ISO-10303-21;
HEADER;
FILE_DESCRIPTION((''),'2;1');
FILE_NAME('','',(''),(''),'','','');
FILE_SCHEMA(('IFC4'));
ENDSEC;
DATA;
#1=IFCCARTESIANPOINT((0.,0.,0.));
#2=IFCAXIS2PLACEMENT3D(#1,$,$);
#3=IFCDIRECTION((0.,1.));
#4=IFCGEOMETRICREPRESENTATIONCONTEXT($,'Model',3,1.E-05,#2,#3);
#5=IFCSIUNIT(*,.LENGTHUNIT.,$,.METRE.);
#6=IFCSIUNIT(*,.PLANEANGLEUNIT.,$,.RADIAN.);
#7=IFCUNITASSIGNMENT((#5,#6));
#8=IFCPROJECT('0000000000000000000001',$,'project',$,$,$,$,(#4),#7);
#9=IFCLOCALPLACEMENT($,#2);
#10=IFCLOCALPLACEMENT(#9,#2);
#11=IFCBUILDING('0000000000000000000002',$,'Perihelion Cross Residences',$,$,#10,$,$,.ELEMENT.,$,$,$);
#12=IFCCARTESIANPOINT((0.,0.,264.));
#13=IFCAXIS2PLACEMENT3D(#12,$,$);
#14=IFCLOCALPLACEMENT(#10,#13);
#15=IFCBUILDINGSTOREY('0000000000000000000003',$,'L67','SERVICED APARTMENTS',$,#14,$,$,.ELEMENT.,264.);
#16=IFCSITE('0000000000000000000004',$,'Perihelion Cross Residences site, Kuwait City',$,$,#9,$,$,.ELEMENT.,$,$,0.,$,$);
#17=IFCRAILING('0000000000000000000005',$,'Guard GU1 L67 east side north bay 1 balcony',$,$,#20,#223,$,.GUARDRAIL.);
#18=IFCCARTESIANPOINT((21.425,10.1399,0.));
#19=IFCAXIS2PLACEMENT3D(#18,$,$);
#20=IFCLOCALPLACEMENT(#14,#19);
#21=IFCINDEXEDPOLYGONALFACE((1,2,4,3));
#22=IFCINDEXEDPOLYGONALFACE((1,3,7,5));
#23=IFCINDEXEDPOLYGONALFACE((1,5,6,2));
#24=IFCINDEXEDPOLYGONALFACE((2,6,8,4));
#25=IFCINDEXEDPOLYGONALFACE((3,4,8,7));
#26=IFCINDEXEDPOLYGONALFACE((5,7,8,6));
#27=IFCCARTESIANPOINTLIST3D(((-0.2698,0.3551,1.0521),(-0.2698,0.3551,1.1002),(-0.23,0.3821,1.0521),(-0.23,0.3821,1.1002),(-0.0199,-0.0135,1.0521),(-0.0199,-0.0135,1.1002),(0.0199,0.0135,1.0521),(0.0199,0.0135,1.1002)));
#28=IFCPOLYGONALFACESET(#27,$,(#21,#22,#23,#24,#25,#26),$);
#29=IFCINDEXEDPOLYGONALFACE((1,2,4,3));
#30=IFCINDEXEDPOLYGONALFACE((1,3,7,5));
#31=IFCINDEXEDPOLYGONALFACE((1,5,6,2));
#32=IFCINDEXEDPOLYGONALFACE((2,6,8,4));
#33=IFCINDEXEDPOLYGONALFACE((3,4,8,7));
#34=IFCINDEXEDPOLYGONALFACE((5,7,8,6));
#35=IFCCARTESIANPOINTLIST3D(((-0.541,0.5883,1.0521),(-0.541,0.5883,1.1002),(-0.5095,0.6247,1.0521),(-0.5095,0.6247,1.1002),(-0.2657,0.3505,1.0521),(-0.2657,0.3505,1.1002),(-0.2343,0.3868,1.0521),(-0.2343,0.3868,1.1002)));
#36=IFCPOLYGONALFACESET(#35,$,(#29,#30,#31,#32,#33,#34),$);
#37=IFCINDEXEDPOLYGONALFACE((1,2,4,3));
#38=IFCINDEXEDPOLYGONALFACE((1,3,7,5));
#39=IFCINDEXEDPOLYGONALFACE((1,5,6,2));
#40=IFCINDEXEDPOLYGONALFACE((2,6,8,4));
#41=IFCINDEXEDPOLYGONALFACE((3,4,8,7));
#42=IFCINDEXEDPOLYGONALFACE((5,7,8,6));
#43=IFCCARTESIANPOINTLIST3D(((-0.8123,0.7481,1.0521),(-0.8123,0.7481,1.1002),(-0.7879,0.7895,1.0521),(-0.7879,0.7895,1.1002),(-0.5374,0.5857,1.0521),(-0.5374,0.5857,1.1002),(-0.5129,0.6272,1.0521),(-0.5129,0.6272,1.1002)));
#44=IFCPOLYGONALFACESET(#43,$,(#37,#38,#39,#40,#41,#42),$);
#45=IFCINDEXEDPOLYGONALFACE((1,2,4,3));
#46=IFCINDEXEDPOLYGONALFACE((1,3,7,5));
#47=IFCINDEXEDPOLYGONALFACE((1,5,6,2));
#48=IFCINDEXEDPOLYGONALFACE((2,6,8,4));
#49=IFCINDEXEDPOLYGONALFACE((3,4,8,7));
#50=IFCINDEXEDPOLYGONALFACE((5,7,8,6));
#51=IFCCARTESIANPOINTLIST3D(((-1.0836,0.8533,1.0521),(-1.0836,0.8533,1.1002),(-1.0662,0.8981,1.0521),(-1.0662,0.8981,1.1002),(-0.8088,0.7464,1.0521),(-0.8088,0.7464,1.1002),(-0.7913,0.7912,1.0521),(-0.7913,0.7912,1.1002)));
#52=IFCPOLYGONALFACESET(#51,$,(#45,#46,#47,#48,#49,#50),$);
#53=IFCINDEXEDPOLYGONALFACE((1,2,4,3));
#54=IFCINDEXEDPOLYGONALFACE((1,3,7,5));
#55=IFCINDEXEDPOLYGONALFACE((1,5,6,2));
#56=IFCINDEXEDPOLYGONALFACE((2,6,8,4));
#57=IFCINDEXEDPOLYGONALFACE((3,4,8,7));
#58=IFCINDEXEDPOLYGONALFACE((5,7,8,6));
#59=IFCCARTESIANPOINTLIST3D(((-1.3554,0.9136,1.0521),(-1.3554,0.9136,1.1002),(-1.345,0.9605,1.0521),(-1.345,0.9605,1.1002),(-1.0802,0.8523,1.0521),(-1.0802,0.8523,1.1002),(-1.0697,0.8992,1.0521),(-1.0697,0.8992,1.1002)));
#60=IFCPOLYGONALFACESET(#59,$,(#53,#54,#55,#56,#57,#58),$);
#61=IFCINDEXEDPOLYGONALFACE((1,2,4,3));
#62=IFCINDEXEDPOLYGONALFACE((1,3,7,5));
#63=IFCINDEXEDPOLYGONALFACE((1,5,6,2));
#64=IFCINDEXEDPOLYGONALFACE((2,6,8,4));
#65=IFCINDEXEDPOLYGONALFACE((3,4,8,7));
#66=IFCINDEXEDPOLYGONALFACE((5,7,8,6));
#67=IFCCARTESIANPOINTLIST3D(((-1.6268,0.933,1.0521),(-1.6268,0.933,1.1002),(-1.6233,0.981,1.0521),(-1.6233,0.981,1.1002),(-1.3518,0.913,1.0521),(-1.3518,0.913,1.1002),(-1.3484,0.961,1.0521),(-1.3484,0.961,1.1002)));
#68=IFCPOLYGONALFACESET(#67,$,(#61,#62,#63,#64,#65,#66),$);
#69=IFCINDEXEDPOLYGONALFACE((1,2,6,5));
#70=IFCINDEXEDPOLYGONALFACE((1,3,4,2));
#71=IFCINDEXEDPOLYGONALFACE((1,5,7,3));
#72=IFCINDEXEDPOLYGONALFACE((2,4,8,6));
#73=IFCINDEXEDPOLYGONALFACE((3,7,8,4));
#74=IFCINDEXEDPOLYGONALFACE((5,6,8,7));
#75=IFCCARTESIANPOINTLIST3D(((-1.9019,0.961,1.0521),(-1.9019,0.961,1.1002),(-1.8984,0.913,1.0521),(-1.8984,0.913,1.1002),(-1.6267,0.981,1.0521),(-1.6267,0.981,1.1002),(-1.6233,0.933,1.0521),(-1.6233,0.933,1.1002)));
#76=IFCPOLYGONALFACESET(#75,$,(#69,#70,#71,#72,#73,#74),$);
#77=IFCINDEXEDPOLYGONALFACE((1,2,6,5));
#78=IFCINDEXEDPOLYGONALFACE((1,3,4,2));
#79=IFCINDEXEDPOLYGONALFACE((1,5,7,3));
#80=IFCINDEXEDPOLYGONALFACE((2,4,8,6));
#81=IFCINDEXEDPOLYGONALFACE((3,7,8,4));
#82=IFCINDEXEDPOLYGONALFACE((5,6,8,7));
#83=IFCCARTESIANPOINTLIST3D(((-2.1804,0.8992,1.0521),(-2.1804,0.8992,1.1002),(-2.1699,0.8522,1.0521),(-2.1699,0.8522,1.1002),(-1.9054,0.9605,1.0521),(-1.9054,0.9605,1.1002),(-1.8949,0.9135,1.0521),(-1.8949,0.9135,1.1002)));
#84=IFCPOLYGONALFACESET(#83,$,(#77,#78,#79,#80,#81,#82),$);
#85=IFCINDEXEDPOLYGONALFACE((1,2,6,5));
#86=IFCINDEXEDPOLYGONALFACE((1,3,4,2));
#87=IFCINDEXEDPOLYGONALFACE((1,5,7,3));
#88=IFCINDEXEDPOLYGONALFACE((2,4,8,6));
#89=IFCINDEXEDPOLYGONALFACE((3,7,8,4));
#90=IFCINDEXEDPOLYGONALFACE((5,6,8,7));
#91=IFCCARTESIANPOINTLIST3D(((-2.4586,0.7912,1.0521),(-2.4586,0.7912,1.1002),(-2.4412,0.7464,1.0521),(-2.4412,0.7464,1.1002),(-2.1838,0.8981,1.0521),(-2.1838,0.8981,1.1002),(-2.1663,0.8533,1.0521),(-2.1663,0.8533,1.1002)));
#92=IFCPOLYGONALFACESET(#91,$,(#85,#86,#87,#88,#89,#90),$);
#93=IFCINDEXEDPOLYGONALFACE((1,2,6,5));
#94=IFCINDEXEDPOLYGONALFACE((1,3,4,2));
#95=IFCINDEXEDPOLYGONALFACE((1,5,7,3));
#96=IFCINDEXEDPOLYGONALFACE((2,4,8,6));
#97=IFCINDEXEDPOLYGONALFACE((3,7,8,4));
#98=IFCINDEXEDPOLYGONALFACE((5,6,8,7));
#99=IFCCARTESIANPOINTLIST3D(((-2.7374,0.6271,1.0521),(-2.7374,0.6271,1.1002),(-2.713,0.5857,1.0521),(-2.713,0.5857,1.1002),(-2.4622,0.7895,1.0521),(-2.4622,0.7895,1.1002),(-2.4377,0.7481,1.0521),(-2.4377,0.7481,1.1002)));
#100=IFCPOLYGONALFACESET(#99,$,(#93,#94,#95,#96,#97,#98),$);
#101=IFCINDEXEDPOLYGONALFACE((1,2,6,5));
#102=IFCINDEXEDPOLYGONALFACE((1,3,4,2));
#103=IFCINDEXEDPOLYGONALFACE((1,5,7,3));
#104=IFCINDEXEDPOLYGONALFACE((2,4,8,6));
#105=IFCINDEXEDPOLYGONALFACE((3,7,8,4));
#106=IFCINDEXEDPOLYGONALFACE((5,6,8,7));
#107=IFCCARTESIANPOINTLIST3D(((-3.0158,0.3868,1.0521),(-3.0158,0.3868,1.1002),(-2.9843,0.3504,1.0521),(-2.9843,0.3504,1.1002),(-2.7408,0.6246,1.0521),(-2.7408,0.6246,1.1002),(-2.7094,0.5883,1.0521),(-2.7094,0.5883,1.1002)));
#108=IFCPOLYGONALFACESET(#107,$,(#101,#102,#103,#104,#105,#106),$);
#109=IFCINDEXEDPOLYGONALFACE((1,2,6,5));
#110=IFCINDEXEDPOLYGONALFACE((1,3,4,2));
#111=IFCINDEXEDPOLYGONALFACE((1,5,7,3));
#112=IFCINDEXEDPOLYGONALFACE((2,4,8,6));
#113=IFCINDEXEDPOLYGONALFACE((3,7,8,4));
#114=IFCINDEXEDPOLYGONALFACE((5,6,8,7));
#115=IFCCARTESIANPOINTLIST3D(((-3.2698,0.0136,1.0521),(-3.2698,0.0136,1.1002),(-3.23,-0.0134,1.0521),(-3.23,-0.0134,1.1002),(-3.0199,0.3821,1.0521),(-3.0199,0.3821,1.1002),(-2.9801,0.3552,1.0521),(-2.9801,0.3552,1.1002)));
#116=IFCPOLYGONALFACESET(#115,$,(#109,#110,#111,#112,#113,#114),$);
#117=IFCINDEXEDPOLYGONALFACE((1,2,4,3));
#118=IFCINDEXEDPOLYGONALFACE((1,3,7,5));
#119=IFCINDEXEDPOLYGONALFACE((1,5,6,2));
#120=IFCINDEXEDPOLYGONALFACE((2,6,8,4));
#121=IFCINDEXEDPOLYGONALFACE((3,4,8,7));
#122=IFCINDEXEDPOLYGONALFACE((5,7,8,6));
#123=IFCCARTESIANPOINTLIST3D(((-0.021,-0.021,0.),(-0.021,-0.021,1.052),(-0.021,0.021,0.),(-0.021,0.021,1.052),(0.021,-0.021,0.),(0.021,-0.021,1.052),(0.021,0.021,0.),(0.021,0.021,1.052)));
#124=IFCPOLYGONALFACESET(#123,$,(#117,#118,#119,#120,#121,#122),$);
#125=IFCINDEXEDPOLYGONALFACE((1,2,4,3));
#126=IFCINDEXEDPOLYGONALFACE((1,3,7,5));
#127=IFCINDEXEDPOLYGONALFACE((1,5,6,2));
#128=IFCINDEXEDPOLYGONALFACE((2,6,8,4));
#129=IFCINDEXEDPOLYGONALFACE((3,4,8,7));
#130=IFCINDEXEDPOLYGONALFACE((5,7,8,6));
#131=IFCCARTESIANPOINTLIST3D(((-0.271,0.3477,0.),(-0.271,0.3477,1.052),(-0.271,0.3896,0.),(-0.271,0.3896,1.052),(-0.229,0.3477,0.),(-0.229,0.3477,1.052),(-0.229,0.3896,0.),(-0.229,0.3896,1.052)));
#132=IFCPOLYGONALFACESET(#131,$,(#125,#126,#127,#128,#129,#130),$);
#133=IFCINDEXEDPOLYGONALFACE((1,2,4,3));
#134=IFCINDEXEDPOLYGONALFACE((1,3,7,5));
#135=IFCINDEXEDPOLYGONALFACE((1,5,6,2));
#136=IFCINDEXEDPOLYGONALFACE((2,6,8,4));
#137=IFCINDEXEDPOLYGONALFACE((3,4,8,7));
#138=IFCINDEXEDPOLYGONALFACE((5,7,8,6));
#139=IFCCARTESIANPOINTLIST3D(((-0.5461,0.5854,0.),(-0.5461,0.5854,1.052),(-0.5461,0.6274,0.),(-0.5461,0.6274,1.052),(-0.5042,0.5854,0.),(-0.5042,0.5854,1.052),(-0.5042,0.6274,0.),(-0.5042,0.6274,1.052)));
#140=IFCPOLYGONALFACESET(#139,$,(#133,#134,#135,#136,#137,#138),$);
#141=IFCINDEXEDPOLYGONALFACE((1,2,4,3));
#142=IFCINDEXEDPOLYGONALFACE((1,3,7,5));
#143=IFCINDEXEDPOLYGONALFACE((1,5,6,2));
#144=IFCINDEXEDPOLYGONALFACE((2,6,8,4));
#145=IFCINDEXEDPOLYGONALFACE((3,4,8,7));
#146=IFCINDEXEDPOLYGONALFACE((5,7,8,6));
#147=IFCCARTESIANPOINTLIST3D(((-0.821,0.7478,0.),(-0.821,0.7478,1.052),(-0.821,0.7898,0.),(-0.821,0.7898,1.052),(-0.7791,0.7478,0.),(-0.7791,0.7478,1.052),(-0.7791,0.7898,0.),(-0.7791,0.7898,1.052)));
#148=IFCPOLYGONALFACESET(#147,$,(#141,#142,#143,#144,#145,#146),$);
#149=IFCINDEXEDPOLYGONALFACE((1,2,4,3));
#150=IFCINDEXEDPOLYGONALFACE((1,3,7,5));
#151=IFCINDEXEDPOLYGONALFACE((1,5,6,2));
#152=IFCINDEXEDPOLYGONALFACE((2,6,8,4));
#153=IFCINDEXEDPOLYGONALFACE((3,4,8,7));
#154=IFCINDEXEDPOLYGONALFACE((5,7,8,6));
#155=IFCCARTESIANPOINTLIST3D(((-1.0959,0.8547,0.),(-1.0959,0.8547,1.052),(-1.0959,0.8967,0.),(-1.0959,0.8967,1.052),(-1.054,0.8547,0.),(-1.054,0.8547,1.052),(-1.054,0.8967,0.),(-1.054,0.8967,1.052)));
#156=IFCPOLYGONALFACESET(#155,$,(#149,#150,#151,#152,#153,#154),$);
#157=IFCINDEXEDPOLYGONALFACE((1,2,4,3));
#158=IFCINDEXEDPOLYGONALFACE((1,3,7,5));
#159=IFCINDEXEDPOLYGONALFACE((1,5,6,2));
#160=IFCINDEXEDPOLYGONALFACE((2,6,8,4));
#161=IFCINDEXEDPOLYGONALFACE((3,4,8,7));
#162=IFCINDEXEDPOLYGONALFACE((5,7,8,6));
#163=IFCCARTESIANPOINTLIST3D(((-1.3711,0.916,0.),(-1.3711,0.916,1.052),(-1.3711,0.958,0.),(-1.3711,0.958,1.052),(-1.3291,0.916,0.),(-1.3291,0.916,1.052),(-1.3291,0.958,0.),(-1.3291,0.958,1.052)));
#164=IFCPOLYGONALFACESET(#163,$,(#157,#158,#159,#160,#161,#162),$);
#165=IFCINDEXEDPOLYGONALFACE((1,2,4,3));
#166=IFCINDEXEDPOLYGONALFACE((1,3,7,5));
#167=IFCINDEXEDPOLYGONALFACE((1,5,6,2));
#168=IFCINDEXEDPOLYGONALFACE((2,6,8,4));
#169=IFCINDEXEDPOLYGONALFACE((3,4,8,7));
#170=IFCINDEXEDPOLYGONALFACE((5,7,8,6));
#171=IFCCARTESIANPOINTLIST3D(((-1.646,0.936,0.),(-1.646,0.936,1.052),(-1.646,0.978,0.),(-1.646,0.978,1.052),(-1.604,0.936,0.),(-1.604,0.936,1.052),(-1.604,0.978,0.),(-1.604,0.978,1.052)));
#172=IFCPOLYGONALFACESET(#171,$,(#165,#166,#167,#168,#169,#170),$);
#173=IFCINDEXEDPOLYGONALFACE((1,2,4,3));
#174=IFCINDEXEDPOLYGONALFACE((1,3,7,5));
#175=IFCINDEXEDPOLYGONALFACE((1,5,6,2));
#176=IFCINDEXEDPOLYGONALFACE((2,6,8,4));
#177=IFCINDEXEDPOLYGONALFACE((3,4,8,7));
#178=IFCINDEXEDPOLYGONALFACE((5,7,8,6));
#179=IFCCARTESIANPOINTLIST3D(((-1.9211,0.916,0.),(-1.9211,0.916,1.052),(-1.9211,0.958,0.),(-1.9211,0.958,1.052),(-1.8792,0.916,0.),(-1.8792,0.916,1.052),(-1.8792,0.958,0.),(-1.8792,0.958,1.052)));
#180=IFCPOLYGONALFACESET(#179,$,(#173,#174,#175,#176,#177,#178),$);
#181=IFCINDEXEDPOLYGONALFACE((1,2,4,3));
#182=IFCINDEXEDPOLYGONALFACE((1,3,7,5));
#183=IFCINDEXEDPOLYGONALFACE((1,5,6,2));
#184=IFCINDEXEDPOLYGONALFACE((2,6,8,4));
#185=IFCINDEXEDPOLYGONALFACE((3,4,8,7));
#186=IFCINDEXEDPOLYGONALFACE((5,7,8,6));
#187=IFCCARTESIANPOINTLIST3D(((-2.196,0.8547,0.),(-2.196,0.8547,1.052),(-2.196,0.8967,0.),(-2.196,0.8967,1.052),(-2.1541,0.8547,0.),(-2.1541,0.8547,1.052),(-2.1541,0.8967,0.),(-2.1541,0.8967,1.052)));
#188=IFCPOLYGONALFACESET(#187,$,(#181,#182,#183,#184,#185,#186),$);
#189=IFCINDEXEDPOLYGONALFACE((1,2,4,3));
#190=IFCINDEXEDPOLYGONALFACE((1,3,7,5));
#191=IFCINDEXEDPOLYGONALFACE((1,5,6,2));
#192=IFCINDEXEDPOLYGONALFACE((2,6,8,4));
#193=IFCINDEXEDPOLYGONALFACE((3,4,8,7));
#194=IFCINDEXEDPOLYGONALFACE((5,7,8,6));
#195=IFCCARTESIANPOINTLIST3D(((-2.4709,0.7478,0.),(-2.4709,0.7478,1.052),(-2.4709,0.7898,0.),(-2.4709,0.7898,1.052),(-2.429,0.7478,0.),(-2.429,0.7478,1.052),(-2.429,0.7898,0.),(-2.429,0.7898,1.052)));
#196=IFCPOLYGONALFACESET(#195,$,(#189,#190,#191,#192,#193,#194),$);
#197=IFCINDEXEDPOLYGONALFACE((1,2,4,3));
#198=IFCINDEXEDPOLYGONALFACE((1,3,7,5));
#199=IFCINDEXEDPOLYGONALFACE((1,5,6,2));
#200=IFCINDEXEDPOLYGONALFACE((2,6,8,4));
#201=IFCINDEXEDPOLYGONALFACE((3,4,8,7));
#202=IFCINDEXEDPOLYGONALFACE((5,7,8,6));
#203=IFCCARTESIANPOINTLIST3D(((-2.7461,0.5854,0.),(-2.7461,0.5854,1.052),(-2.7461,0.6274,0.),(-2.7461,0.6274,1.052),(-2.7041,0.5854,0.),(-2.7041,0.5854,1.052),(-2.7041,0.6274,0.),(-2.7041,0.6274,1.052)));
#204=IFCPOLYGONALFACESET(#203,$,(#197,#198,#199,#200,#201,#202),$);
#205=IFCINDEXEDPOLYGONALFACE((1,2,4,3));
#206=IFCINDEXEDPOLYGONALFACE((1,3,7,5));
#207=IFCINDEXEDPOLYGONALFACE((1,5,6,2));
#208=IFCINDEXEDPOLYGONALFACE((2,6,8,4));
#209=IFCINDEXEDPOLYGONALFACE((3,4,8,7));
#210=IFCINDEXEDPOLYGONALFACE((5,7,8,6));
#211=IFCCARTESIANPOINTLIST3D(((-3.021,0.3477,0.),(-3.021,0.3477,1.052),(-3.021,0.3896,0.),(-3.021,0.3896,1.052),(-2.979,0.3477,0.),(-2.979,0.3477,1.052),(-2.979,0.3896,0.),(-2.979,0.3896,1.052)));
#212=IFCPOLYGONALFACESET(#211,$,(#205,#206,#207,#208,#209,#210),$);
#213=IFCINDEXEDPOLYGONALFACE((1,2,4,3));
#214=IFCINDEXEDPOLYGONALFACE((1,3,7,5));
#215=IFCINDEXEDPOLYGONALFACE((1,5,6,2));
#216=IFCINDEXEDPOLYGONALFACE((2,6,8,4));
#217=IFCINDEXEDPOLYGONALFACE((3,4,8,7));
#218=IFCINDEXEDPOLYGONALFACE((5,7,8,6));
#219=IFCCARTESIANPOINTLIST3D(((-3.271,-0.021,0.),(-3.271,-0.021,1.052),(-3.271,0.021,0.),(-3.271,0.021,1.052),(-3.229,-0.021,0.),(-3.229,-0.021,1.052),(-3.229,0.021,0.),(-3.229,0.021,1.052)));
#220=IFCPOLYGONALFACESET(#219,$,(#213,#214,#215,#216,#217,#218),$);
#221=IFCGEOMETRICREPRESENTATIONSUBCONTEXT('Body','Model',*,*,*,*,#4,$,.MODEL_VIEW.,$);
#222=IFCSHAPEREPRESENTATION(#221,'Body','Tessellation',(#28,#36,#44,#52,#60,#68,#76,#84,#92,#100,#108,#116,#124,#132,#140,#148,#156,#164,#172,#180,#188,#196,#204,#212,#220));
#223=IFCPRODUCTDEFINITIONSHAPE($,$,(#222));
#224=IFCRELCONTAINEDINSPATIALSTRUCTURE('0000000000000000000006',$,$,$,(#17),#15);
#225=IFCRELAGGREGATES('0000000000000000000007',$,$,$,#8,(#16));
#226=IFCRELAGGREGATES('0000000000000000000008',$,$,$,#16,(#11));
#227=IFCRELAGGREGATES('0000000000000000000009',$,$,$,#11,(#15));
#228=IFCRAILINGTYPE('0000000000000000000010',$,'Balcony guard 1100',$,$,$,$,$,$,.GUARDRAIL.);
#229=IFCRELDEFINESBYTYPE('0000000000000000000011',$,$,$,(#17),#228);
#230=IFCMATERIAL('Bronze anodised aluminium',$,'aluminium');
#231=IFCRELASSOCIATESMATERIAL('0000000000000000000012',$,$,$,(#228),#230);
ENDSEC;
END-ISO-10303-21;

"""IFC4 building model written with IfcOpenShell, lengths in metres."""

from ifc_helpers import new_model, si_unit, direction, frame, origin, origin_2d, place, context, subcontext, project, spatial, rectangle, extrude, material, type_object, element, save


model = new_model("IFC4")

# Units and contexts
model_context = context("Model", 3, precision=1e-05, world=origin(), true_north=direction((0.0, 1.0)))
body_context = subcontext(model_context, "Body", "Model", "MODEL_VIEW")
ifc_project = project(units=[si_unit("LENGTHUNIT", "METRE"), si_unit("PLANEANGLEUNIT", "RADIAN")], contexts=[model_context])

# Site, building, storey
site_placement = place(None, origin())
site = spatial("IfcSite", under=ifc_project, at=site_placement, Name="Perihelion Cross Residences site, Kuwait City", CompositionType="ELEMENT", RefElevation=0.0)
building_placement = place(site_placement, origin())
building = spatial("IfcBuilding", under=site, at=building_placement, Name="Perihelion Cross Residences", CompositionType="ELEMENT")
storey_placement = place(building_placement, frame((0.0, 0.0, 264.0)))
storey = spatial("IfcBuildingStorey", under=building, at=storey_placement, Name="L67", Description="SERVICED APARTMENTS", CompositionType="ELEMENT", Elevation=264.0)

# Railing
ifc_material_1 = material(Name="Bronze anodised aluminium", Category="aluminium")
railing_type = type_object("IfcRailingType", Name="Balcony guard 1100", PredefinedType="GUARDRAIL", material=ifc_material_1)
railing_1_placement = place(storey_placement, frame((21.425, 10.1399, 0.0)))
element("IfcRailing", 1, at=railing_1_placement, inside=storey, type_object=railing_type, Name="Guard GU1 L67 east side north bay 1 balcony", PredefinedType="GUARDRAIL", context=body_context, shape_type="SweptSolid", body=[
    extrude(rectangle(XDim=0.0481, YDim=0.0481, at=origin_2d()), frame((0.0, 0.0, 1.0762), z_axis=(-0.56126, 0.827639, 0.0), x_axis=(-0.827639, -0.56126, 0.0)), (0.0, 0.0, 1.0), 0.4453),
    extrude(rectangle(XDim=0.0481, YDim=0.0481, at=origin_2d()), frame((-0.25, 0.3687, 1.0762), z_axis=(-0.756597, 0.653882, 0.0), x_axis=(-0.653882, -0.756597, 0.0)), (0.0, 0.0, 1.0), 0.3638),
    extrude(rectangle(XDim=0.0481, YDim=0.0481, at=origin_2d()), frame((-0.5251, 0.6064, 1.0762), z_axis=(-0.861048, 0.508523, 0.0), x_axis=(-0.508523, -0.861048, 0.0)), (0.0, 0.0, 1.0), 0.3193),
    extrude(rectangle(XDim=0.0481, YDim=0.0481, at=origin_2d()), frame((-0.8, 0.7688, 1.0762), z_axis=(-0.931974, 0.362526, 0.0), x_axis=(-0.362526, -0.931974, 0.0)), (0.0, 0.0, 1.0), 0.2949),
    extrude(rectangle(XDim=0.0481, YDim=0.0481, at=origin_2d()), frame((-1.075, 0.8757, 1.0762), z_axis=(-0.976085, 0.217389, 0.0), x_axis=(-0.217389, -0.976085, 0.0)), (0.0, 0.0, 1.0), 0.282),
    extrude(rectangle(XDim=0.0481, YDim=0.0481, at=origin_2d()), frame((-1.3501, 0.937, 1.0762), z_axis=(-0.997359, 0.072632, 0.0), x_axis=(-0.072632, -0.997359, 0.0)), (0.0, 0.0, 1.0), 0.2756),
    extrude(rectangle(XDim=0.0481, YDim=0.0481, at=origin_2d()), frame((-1.625, 0.957, 1.0762), z_axis=(-0.997363, -0.072568, 0.0), x_axis=(0.072568, -0.997363, 0.0)), (0.0, 0.0, 1.0), 0.2759),
    extrude(rectangle(XDim=0.0481, YDim=0.0481, at=origin_2d()), frame((-1.9001, 0.937, 1.0762), z_axis=(-0.976044, -0.217573, 0.0), x_axis=(0.217573, -0.976044, 0.0)), (0.0, 0.0, 1.0), 0.2817),
    extrude(rectangle(XDim=0.0481, YDim=0.0481, at=origin_2d()), frame((-2.175, 0.8757, 1.0762), z_axis=(-0.931974, -0.362526, 0.0), x_axis=(0.362526, -0.931974, 0.0)), (0.0, 0.0, 1.0), 0.2949),
    extrude(rectangle(XDim=0.0481, YDim=0.0481, at=origin_2d()), frame((-2.45, 0.7688, 1.0762), z_axis=(-0.861246, -0.508189, 0.0), x_axis=(0.508189, -0.861246, 0.0)), (0.0, 0.0, 1.0), 0.3196),
    extrude(rectangle(XDim=0.0481, YDim=0.0481, at=origin_2d()), frame((-2.7251, 0.6064, 1.0762), z_axis=(-0.756309, -0.654214, 0.0), x_axis=(0.654214, -0.756309, 0.0)), (0.0, 0.0, 1.0), 0.3635),
    extrude(rectangle(XDim=0.0481, YDim=0.0481, at=origin_2d()), frame((-3.0, 0.3687, 1.0762), z_axis=(-0.56126, -0.827639, 0.0), x_axis=(0.827639, -0.56126, 0.0)), (0.0, 0.0, 1.0), 0.4453),
    extrude(rectangle(XDim=0.042, YDim=0.042, at=origin_2d()), origin(), (0.0, 0.0, 1.0), 1.052),
    extrude(rectangle(XDim=0.042, YDim=0.042, at=origin_2d()), frame((-0.25, 0.3687, 0.0)), (0.0, 0.0, 1.0), 1.052),
    extrude(rectangle(XDim=0.042, YDim=0.042, at=origin_2d()), frame((-0.5251, 0.6064, 0.0)), (0.0, 0.0, 1.0), 1.052),
    extrude(rectangle(XDim=0.042, YDim=0.042, at=origin_2d()), frame((-0.8, 0.7688, 0.0)), (0.0, 0.0, 1.0), 1.052),
    extrude(rectangle(XDim=0.042, YDim=0.042, at=origin_2d()), frame((-1.075, 0.8757, 0.0)), (0.0, 0.0, 1.0), 1.052),
    extrude(rectangle(XDim=0.042, YDim=0.042, at=origin_2d()), frame((-1.3501, 0.937, 0.0)), (0.0, 0.0, 1.0), 1.052),
    extrude(rectangle(XDim=0.042, YDim=0.042, at=origin_2d()), frame((-1.625, 0.957, 0.0)), (0.0, 0.0, 1.0), 1.052),
    extrude(rectangle(XDim=0.042, YDim=0.042, at=origin_2d()), frame((-1.9001, 0.937, 0.0)), (0.0, 0.0, 1.0), 1.052),
    extrude(rectangle(XDim=0.042, YDim=0.042, at=origin_2d()), frame((-2.175, 0.8757, 0.0)), (0.0, 0.0, 1.0), 1.052),
    extrude(rectangle(XDim=0.042, YDim=0.042, at=origin_2d()), frame((-2.45, 0.7688, 0.0)), (0.0, 0.0, 1.0), 1.052),
    extrude(rectangle(XDim=0.042, YDim=0.042, at=origin_2d()), frame((-2.7251, 0.6064, 0.0)), (0.0, 0.0, 1.0), 1.052),
    extrude(rectangle(XDim=0.042, YDim=0.042, at=origin_2d()), frame((-3.0, 0.3687, 0.0)), (0.0, 0.0, 1.0), 1.052),
    extrude(rectangle(XDim=0.042, YDim=0.042, at=origin_2d()), frame((-3.25, 0.0, 0.0)), (0.0, 0.0, 1.0), 1.052),
])

save(model, "model.ifc")
